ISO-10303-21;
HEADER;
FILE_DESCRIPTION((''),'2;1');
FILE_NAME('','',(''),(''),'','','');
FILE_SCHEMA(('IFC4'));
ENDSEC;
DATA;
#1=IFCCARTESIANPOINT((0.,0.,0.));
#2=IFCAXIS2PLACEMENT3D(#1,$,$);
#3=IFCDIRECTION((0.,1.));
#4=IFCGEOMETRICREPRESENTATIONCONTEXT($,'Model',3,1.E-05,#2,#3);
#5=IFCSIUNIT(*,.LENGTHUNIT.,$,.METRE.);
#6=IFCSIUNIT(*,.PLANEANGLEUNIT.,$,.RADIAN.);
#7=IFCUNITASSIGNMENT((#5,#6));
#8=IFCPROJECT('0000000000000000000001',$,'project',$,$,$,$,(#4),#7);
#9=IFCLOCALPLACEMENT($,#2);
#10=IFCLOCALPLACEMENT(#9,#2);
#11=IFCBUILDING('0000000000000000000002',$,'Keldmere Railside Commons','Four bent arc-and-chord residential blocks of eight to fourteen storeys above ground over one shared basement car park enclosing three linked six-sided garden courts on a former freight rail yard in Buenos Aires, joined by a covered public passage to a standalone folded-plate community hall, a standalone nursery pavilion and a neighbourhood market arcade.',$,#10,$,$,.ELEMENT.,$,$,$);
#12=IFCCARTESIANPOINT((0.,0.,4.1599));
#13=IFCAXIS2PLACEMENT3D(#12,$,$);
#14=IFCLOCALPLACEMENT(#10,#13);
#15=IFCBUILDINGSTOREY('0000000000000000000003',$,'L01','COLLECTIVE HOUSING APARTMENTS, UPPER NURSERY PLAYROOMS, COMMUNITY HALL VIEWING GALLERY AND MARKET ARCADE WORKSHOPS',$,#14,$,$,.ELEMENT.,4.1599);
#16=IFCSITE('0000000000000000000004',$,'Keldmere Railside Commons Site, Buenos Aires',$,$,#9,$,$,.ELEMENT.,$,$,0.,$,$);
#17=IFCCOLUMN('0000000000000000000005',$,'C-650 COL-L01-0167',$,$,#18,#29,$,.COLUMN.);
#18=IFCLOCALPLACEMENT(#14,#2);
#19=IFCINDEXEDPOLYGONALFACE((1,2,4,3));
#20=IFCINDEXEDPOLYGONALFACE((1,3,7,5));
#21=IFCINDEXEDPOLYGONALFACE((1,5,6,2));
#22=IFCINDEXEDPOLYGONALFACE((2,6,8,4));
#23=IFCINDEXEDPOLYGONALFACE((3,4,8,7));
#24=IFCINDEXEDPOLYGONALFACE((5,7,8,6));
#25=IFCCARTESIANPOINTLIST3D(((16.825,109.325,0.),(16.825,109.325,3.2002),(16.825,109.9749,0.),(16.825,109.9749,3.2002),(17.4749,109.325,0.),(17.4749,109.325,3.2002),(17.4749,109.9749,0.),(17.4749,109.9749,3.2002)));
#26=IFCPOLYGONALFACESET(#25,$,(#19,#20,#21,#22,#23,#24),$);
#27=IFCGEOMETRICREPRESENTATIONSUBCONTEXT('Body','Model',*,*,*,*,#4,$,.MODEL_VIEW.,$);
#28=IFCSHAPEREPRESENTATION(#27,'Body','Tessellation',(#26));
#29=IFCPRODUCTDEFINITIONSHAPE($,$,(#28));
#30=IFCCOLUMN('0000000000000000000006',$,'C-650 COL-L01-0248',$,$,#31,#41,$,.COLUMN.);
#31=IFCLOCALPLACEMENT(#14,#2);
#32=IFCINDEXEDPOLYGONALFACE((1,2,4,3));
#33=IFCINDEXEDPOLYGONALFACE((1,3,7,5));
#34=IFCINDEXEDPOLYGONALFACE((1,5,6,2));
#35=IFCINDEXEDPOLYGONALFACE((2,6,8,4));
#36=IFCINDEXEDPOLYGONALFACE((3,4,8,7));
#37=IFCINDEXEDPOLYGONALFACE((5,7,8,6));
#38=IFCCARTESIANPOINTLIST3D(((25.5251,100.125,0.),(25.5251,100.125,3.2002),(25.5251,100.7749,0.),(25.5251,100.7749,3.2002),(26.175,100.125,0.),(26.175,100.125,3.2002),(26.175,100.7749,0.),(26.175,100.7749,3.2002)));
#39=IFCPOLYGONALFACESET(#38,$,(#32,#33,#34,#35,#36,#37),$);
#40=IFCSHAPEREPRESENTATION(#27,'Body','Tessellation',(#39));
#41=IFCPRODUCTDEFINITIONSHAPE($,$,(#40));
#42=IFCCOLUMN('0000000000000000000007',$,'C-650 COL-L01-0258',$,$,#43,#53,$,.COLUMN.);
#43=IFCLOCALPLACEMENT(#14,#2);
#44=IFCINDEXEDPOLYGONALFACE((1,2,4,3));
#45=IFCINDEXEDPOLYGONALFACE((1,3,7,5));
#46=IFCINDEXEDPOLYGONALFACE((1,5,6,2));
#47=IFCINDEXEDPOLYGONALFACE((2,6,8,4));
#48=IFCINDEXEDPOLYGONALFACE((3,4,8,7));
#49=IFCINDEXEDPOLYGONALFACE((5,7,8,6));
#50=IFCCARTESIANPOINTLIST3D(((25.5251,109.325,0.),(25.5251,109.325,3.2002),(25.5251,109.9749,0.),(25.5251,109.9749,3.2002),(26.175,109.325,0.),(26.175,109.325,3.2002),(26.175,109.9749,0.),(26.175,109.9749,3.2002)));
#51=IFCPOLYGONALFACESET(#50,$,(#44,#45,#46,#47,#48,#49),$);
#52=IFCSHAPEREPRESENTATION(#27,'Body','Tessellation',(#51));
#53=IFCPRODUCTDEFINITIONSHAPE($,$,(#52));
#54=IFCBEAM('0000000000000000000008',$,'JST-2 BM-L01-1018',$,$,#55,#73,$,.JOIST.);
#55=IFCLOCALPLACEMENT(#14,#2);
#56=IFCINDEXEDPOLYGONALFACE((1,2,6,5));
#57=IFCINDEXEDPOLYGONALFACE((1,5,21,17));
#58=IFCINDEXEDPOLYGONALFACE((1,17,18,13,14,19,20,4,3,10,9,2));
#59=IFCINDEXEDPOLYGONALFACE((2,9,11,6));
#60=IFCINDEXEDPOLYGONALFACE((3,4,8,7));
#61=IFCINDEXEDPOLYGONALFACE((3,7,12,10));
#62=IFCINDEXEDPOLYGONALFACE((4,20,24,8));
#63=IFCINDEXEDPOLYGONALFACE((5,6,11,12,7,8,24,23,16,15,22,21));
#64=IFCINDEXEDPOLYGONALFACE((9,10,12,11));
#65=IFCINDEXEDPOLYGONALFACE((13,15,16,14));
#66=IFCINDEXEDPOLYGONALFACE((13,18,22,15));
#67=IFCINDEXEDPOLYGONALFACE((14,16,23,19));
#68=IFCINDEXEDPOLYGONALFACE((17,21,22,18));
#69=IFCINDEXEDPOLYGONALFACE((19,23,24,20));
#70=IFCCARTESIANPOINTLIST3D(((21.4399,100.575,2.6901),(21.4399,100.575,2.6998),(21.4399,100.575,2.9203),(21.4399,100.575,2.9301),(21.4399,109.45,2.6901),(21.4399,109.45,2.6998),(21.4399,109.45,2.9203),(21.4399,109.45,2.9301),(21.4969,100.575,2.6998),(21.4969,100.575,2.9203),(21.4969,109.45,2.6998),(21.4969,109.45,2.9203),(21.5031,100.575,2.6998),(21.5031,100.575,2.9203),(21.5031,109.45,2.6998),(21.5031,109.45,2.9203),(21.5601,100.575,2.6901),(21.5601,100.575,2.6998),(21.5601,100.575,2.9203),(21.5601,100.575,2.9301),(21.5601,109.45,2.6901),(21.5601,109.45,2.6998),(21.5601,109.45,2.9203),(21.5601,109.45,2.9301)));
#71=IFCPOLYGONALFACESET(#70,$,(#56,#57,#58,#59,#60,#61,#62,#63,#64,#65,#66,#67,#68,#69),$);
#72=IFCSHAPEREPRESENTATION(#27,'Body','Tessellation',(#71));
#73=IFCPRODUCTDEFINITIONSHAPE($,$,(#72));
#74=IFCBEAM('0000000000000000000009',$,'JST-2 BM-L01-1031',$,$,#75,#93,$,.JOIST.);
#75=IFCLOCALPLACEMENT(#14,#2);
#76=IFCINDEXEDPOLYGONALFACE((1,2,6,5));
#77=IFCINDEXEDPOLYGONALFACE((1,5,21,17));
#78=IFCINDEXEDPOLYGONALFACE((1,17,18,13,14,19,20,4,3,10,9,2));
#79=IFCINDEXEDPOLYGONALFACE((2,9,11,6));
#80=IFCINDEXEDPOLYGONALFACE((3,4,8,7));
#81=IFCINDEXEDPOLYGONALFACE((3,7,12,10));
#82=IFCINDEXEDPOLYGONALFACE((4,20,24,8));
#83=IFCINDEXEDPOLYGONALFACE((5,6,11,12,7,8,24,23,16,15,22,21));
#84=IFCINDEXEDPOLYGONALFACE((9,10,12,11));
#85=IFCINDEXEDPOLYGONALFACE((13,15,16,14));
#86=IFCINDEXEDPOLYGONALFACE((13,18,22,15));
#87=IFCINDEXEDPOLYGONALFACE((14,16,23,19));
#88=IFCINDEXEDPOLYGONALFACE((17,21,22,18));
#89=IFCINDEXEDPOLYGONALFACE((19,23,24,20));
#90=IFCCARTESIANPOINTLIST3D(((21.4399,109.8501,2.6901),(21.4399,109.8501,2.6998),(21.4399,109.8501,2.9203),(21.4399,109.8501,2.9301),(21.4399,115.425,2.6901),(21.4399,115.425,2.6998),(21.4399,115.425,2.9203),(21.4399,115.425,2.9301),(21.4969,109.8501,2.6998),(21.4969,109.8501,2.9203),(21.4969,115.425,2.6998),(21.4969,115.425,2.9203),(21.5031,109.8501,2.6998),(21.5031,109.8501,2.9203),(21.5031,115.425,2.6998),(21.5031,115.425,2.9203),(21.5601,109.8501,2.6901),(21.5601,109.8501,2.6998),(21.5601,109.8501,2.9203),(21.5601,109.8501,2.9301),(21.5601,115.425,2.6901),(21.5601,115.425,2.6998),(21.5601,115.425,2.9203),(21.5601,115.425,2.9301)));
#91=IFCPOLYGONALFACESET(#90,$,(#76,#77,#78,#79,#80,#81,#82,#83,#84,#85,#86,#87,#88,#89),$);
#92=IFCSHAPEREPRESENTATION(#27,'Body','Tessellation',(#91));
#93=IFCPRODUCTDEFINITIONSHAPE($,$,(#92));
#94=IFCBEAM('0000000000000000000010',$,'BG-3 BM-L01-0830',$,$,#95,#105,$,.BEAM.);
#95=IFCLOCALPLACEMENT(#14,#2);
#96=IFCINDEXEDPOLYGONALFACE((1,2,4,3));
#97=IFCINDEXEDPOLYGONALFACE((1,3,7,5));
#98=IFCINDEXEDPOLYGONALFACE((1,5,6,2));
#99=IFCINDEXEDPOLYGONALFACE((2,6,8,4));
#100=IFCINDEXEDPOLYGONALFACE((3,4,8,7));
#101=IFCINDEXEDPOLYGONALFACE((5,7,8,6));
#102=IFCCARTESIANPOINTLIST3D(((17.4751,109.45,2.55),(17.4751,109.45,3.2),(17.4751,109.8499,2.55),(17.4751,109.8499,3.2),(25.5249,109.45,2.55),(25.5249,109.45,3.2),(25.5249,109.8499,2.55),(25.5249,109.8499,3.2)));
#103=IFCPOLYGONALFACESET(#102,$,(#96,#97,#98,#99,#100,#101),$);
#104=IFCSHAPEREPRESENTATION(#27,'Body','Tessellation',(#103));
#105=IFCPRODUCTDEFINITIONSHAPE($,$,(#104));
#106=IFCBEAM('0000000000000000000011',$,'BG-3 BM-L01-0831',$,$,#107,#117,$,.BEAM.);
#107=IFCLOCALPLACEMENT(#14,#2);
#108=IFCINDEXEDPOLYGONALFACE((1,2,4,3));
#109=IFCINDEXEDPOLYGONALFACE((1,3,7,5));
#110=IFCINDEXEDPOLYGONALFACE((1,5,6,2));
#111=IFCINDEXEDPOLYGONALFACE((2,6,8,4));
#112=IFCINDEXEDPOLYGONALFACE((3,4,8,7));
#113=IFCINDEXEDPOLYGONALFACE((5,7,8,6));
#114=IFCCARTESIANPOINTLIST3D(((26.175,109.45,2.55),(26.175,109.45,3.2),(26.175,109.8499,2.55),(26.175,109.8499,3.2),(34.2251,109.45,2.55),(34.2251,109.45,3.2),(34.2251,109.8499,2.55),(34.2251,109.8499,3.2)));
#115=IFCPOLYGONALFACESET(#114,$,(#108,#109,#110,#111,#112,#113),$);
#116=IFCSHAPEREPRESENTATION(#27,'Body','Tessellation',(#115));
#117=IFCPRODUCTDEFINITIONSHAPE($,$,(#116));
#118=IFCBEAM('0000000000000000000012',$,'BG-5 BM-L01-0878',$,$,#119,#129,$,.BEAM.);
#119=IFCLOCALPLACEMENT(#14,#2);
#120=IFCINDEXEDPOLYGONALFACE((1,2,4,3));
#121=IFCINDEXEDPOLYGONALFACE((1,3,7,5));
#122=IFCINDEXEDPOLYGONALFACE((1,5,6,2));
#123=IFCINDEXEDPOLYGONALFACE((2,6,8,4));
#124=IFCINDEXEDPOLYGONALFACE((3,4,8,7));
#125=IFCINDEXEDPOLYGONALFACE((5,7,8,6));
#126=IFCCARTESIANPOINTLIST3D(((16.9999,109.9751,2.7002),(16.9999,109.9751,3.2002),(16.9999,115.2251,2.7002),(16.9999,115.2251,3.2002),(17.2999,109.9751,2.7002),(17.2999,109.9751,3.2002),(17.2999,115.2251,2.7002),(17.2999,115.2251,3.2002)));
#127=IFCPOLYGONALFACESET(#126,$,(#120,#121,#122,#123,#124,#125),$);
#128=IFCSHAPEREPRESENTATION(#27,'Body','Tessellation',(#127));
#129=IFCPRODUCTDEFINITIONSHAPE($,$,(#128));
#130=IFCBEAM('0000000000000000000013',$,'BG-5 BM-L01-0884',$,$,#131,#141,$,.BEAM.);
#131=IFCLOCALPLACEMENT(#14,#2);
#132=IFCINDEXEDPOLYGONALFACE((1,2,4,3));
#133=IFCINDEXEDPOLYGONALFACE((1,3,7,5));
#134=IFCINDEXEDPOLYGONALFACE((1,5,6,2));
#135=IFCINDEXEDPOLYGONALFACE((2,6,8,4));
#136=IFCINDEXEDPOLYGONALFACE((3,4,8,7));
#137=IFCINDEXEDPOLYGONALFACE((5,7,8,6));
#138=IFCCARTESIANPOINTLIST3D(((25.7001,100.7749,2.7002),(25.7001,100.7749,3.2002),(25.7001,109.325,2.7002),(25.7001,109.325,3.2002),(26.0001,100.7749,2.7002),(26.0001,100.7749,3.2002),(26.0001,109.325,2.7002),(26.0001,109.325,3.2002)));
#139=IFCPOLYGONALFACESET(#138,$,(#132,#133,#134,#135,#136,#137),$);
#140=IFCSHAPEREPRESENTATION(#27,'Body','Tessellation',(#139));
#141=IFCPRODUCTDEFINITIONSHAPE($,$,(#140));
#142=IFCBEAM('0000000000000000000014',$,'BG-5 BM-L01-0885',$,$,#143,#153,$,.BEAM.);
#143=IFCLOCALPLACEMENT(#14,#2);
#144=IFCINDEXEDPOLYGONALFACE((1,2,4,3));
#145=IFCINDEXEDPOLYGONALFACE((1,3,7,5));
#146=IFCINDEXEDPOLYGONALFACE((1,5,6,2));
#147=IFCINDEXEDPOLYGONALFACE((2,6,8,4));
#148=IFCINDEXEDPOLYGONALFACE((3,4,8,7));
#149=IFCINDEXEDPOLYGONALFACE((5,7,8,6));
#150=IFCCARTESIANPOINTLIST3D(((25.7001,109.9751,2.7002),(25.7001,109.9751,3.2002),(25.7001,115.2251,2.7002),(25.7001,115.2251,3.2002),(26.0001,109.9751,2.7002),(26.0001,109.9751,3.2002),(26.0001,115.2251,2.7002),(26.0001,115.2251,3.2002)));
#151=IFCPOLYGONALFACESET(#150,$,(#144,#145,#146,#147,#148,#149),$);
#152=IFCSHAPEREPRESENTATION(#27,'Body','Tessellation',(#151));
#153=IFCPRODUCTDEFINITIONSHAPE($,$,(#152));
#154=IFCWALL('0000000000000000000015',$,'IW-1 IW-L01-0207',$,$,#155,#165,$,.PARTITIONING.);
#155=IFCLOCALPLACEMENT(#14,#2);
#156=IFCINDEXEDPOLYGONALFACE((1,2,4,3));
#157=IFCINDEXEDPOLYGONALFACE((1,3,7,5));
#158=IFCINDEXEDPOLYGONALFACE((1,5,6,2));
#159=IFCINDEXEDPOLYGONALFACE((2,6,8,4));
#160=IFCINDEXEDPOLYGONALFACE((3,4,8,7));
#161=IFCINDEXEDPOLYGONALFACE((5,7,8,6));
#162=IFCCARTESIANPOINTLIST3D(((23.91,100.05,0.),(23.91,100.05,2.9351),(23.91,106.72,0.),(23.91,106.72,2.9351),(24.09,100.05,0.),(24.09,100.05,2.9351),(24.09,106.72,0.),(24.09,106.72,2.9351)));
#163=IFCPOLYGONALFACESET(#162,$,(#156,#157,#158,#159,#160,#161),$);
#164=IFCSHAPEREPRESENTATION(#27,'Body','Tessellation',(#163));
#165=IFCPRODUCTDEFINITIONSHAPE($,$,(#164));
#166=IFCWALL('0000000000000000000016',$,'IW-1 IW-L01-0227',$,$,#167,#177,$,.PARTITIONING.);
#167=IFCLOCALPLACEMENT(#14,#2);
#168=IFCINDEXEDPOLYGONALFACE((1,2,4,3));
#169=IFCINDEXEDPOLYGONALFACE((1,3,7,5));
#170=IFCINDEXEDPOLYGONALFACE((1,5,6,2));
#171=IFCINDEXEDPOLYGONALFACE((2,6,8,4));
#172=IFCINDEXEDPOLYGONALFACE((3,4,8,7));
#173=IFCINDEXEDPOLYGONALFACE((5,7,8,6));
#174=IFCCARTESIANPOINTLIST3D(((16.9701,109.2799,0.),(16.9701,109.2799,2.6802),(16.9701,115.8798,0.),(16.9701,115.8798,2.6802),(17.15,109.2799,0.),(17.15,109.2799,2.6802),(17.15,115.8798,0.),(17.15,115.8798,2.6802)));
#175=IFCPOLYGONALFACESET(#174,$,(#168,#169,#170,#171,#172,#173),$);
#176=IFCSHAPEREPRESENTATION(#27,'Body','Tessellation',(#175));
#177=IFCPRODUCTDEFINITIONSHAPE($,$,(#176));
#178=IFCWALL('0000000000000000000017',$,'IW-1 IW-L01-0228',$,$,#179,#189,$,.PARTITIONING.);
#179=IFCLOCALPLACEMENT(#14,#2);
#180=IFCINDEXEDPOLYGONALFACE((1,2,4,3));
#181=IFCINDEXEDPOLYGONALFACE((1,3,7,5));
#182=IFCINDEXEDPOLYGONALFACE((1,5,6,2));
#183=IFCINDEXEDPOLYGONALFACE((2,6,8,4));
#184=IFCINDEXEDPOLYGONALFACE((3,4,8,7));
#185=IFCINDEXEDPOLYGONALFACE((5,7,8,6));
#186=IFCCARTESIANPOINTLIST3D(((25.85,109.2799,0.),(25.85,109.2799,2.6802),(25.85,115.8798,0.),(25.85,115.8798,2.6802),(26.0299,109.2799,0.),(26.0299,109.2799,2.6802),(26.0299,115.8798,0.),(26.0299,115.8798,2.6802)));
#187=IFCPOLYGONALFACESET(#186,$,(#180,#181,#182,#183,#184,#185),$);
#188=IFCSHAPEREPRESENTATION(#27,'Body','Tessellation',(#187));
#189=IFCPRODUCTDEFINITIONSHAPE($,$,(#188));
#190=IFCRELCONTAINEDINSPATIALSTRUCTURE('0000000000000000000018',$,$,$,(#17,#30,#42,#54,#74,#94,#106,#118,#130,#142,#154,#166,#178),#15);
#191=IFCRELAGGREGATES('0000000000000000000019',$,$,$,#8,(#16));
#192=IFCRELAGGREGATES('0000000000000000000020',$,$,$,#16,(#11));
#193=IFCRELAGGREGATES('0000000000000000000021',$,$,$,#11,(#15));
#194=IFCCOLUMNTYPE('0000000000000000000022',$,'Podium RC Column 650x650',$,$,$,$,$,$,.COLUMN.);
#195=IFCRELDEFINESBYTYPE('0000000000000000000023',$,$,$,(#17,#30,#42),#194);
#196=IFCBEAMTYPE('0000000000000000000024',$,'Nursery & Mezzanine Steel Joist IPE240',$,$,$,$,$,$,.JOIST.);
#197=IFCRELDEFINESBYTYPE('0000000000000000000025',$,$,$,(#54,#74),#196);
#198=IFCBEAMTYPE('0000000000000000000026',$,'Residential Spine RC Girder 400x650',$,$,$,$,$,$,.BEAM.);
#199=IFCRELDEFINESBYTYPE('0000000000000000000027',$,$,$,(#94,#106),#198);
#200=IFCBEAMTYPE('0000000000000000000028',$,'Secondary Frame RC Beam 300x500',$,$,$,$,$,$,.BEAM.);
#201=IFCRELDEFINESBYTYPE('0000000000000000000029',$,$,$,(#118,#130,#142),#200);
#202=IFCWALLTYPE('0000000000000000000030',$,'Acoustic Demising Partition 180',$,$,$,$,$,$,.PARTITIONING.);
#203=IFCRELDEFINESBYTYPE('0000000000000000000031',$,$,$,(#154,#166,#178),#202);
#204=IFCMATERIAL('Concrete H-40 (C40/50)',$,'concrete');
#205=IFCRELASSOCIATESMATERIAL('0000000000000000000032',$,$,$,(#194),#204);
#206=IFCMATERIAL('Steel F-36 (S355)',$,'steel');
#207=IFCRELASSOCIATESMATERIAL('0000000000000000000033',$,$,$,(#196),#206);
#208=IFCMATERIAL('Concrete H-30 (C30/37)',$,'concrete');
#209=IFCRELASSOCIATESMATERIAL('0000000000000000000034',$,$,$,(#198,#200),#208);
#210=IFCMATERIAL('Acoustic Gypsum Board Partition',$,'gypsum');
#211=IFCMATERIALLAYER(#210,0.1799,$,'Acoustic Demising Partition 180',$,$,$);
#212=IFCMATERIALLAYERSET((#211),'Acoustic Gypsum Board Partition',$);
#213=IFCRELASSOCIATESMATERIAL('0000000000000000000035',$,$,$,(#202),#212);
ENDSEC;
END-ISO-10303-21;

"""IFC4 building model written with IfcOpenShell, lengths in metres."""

from ifc_helpers import new_model, si_unit, direction, frame, frame_2d, origin, origin_2d, place, context, subcontext, project, spatial, rectangle, i_section, extrude, material, layer, layer_set, material_profile, profile_set, type_object, element, save


model = new_model("IFC4")

# Units and contexts
model_context = context("Model", 3, precision=1e-05, world=origin(), true_north=direction((0.0, 1.0)))
body_context = subcontext(model_context, "Body", "Model", "MODEL_VIEW")
ifc_project = project(units=[si_unit("LENGTHUNIT", "METRE"), si_unit("PLANEANGLEUNIT", "RADIAN")], contexts=[model_context])

# Site, building, storey
site_placement = place(None, origin())
site = spatial("IfcSite", under=ifc_project, at=site_placement, Name="Keldmere Railside Commons Site, Buenos Aires", CompositionType="ELEMENT", RefElevation=0.0)
building_placement = place(site_placement, origin())
building = spatial("IfcBuilding", under=site, at=building_placement, Name="Keldmere Railside Commons", Description="Four bent arc-and-chord residential blocks of eight to fourteen storeys above ground over one shared basement car park enclosing three linked six-sided garden courts on a former freight rail yard in Buenos Aires, joined by a covered public passage to a standalone folded-plate community hall, a standalone nursery pavilion and a neighbourhood market arcade.", CompositionType="ELEMENT")
storey_placement = place(building_placement, frame((0.0, 0.0, 4.1599)))
storey = spatial("IfcBuildingStorey", under=building, at=storey_placement, Name="L01", Description="COLLECTIVE HOUSING APARTMENTS, UPPER NURSERY PLAYROOMS, COMMUNITY HALL VIEWING GALLERY AND MARKET ARCADE WORKSHOPS", CompositionType="ELEMENT", Elevation=4.1599)

# Columns
ifc_material_1 = material(Name="Concrete H-40 (C40/50)", Category="concrete")
ifc_material_profile_1 = material_profile(ifc_material_1, rectangle(XDim=0.6499, YDim=0.6499, at=origin_2d()), Name="RC-650x650")
ifc_profile_set_1 = profile_set([ifc_material_profile_1], Name="Concrete H-40 (C40/50)")
column_type = type_object("IfcColumnType", Name="Podium RC Column 650x650", PredefinedType="COLUMN", material=ifc_profile_set_1)
for number, where, z_axis, x_axis, name in (
    (1, (17.1499, 109.6499, 0.0), (0.0, 0.0, 1.0), (1.0, 0.0, 0.0), "C-650 COL-L01-0167"),
    (2, (25.8501, 100.45, 0.0), (0.0, 0.0, 1.0), (1.0, 0.0, 0.0), "C-650 COL-L01-0248"),
    (3, (25.8501, 109.6499, 0.0), (0.0, 0.0, 1.0), (1.0, 0.0, 0.0), "C-650 COL-L01-0258"),
):
    element("IfcColumn", number, at=place(storey_placement, frame(where, z_axis=z_axis, x_axis=x_axis)), inside=storey, type_object=column_type, Name=name, PredefinedType="COLUMN", context=body_context, shape_type="SweptSolid", body=[
        extrude(rectangle(XDim=0.6499, YDim=0.6499, at=origin_2d()), origin(), (0.0, 0.0, 1.0), 3.2002),
    ])

# Beams
ifc_material_2 = material(Name="Steel F-36 (S355)", Category="steel")
ifc_material_profile_2 = material_profile(ifc_material_2, i_section(OverallWidth=0.1201, OverallDepth=0.24, WebThickness=0.0061, FlangeThickness=0.0098, at=origin_2d()), Name="IPE-240")
ifc_profile_set_2 = profile_set([ifc_material_profile_2], Name="Steel F-36 (S355)")
beam_type_1 = type_object("IfcBeamType", Name="Nursery & Mezzanine Steel Joist IPE240", PredefinedType="JOIST", material=ifc_profile_set_2)
beam_1_placement = place(storey_placement, frame((21.5, 100.575, 2.8101), z_axis=(0.0, 1.0, 0.0), x_axis=(-1.0, 0.0, 0.0)))
element("IfcBeam", 4, at=beam_1_placement, inside=storey, type_object=beam_type_1, Name="JST-2 BM-L01-1018", PredefinedType="JOIST", context=body_context, shape_type="SweptSolid", body=[
    extrude(i_section(OverallWidth=0.1201, OverallDepth=0.24, WebThickness=0.0061, FlangeThickness=0.0098, at=origin_2d()), origin(), (0.0, 0.0, 1.0), 8.875),
])
beam_2_placement = place(storey_placement, frame((21.5, 109.8501, 2.8101), z_axis=(0.0, 1.0, 0.0), x_axis=(-1.0, 0.0, 0.0)))
element("IfcBeam", 5, at=beam_2_placement, inside=storey, type_object=beam_type_1, Name="JST-2 BM-L01-1031", PredefinedType="JOIST", context=body_context, shape_type="SweptSolid", body=[
    extrude(i_section(OverallWidth=0.1201, OverallDepth=0.24, WebThickness=0.0061, FlangeThickness=0.0098, at=origin_2d()), origin(), (0.0, 0.0, 1.0), 5.575),
])
ifc_material_3 = material(Name="Concrete H-30 (C30/37)", Category="concrete")
ifc_material_profile_3 = material_profile(ifc_material_3, rectangle(XDim=0.3999, YDim=0.6499, at=origin_2d()), Name="RC-400x650")
ifc_profile_set_3 = profile_set([ifc_material_profile_3], Name="Concrete H-30 (C30/37)")
beam_type_2 = type_object("IfcBeamType", Name="Residential Spine RC Girder 400x650", PredefinedType="BEAM", material=ifc_profile_set_3)
beam_3_placement = place(storey_placement, frame((17.4751, 109.6499, 2.875), z_axis=(1.0, 0.0, 0.0), x_axis=(0.0, 1.0, 0.0)))
element("IfcBeam", 6, at=beam_3_placement, inside=storey, type_object=beam_type_2, Name="BG-3 BM-L01-0830", PredefinedType="BEAM", context=body_context, shape_type="SweptSolid", body=[
    extrude(rectangle(XDim=0.3999, YDim=0.6499, at=origin_2d()), origin(), (0.0, 0.0, 1.0), 8.0498),
])
beam_4_placement = place(storey_placement, frame((26.175, 109.6499, 2.875), z_axis=(1.0, 0.0, 0.0), x_axis=(0.0, 1.0, 0.0)))
element("IfcBeam", 7, at=beam_4_placement, inside=storey, type_object=beam_type_2, Name="BG-3 BM-L01-0831", PredefinedType="BEAM", context=body_context, shape_type="SweptSolid", body=[
    extrude(rectangle(XDim=0.3999, YDim=0.6499, at=origin_2d()), origin(), (0.0, 0.0, 1.0), 8.05),
])
ifc_material_profile_4 = material_profile(ifc_material_3, rectangle(XDim=0.3, YDim=0.5, at=origin_2d()), Name="RC-300x500")
ifc_profile_set_4 = profile_set([ifc_material_profile_4], Name="Concrete H-30 (C30/37)")
beam_type_3 = type_object("IfcBeamType", Name="Secondary Frame RC Beam 300x500", PredefinedType="BEAM", material=ifc_profile_set_4)
beam_5_placement = place(storey_placement, frame((17.1499, 109.9751, 2.9502), z_axis=(0.0, 1.0, 0.0), x_axis=(-1.0, 0.0, 0.0)))
element("IfcBeam", 8, at=beam_5_placement, inside=storey, type_object=beam_type_3, Name="BG-5 BM-L01-0878", PredefinedType="BEAM", context=body_context, shape_type="SweptSolid", body=[
    extrude(rectangle(XDim=0.3, YDim=0.5, at=origin_2d()), origin(), (0.0, 0.0, 1.0), 5.25),
])
beam_6_placement = place(storey_placement, frame((25.8501, 100.7749, 2.9502), z_axis=(0.0, 1.0, 0.0), x_axis=(-1.0, 0.0, 0.0)))
element("IfcBeam", 9, at=beam_6_placement, inside=storey, type_object=beam_type_3, Name="BG-5 BM-L01-0884", PredefinedType="BEAM", context=body_context, shape_type="SweptSolid", body=[
    extrude(rectangle(XDim=0.3, YDim=0.5, at=origin_2d()), origin(), (0.0, 0.0, 1.0), 8.55),
])
beam_7_placement = place(storey_placement, frame((25.8501, 109.9751, 2.9502), z_axis=(0.0, 1.0, 0.0), x_axis=(-1.0, 0.0, 0.0)))
element("IfcBeam", 10, at=beam_7_placement, inside=storey, type_object=beam_type_3, Name="BG-5 BM-L01-0885", PredefinedType="BEAM", context=body_context, shape_type="SweptSolid", body=[
    extrude(rectangle(XDim=0.3, YDim=0.5, at=origin_2d()), origin(), (0.0, 0.0, 1.0), 5.25),
])

# Walls
ifc_material_4 = material(Name="Acoustic Gypsum Board Partition", Category="gypsum")
ifc_layer_1 = layer(ifc_material_4, 0.1799, Name="Acoustic Demising Partition 180")
ifc_layer_set_1 = layer_set([ifc_layer_1], Name="Acoustic Gypsum Board Partition")
wall_type_1 = type_object("IfcWallType", Name="Acoustic Demising Partition 180", PredefinedType="PARTITIONING", material=ifc_layer_set_1)
wall_1_placement = place(storey_placement, frame((24.0, 100.05, 0.0), z_axis=(0.0, 0.0, 1.0), x_axis=(0.0, 1.0, 0.0)))
element("IfcWall", 11, at=wall_1_placement, inside=storey, type_object=wall_type_1, Name="IW-1 IW-L01-0207", PredefinedType="PARTITIONING", context=body_context, shape_type="SweptSolid", body=[
    extrude(rectangle(XDim=6.6699, YDim=0.1799, at=frame_2d((3.335, 0.0))), origin(), (0.0, 0.0, 1.0), 2.9351),
])
for number, where, z_axis, x_axis, name in (
    (12, (17.0601, 109.28, 0.0), (0.0, 0.0, 1.0), (0.0, 1.0, 0.0), "IW-1 IW-L01-0227"),
    (13, (25.9399, 109.28, 0.0), (0.0, 0.0, 1.0), (0.0, 1.0, 0.0), "IW-1 IW-L01-0228"),
):
    element("IfcWall", number, at=place(storey_placement, frame(where, z_axis=z_axis, x_axis=x_axis)), inside=storey, type_object=wall_type_1, Name=name, PredefinedType="PARTITIONING", context=body_context, shape_type="SweptSolid", body=[
        extrude(rectangle(XDim=6.5999, YDim=0.1799, at=frame_2d((3.2998, 0.0))), origin(), (0.0, 0.0, 1.0), 2.6802),
    ])

save(model, "model.ifc")
